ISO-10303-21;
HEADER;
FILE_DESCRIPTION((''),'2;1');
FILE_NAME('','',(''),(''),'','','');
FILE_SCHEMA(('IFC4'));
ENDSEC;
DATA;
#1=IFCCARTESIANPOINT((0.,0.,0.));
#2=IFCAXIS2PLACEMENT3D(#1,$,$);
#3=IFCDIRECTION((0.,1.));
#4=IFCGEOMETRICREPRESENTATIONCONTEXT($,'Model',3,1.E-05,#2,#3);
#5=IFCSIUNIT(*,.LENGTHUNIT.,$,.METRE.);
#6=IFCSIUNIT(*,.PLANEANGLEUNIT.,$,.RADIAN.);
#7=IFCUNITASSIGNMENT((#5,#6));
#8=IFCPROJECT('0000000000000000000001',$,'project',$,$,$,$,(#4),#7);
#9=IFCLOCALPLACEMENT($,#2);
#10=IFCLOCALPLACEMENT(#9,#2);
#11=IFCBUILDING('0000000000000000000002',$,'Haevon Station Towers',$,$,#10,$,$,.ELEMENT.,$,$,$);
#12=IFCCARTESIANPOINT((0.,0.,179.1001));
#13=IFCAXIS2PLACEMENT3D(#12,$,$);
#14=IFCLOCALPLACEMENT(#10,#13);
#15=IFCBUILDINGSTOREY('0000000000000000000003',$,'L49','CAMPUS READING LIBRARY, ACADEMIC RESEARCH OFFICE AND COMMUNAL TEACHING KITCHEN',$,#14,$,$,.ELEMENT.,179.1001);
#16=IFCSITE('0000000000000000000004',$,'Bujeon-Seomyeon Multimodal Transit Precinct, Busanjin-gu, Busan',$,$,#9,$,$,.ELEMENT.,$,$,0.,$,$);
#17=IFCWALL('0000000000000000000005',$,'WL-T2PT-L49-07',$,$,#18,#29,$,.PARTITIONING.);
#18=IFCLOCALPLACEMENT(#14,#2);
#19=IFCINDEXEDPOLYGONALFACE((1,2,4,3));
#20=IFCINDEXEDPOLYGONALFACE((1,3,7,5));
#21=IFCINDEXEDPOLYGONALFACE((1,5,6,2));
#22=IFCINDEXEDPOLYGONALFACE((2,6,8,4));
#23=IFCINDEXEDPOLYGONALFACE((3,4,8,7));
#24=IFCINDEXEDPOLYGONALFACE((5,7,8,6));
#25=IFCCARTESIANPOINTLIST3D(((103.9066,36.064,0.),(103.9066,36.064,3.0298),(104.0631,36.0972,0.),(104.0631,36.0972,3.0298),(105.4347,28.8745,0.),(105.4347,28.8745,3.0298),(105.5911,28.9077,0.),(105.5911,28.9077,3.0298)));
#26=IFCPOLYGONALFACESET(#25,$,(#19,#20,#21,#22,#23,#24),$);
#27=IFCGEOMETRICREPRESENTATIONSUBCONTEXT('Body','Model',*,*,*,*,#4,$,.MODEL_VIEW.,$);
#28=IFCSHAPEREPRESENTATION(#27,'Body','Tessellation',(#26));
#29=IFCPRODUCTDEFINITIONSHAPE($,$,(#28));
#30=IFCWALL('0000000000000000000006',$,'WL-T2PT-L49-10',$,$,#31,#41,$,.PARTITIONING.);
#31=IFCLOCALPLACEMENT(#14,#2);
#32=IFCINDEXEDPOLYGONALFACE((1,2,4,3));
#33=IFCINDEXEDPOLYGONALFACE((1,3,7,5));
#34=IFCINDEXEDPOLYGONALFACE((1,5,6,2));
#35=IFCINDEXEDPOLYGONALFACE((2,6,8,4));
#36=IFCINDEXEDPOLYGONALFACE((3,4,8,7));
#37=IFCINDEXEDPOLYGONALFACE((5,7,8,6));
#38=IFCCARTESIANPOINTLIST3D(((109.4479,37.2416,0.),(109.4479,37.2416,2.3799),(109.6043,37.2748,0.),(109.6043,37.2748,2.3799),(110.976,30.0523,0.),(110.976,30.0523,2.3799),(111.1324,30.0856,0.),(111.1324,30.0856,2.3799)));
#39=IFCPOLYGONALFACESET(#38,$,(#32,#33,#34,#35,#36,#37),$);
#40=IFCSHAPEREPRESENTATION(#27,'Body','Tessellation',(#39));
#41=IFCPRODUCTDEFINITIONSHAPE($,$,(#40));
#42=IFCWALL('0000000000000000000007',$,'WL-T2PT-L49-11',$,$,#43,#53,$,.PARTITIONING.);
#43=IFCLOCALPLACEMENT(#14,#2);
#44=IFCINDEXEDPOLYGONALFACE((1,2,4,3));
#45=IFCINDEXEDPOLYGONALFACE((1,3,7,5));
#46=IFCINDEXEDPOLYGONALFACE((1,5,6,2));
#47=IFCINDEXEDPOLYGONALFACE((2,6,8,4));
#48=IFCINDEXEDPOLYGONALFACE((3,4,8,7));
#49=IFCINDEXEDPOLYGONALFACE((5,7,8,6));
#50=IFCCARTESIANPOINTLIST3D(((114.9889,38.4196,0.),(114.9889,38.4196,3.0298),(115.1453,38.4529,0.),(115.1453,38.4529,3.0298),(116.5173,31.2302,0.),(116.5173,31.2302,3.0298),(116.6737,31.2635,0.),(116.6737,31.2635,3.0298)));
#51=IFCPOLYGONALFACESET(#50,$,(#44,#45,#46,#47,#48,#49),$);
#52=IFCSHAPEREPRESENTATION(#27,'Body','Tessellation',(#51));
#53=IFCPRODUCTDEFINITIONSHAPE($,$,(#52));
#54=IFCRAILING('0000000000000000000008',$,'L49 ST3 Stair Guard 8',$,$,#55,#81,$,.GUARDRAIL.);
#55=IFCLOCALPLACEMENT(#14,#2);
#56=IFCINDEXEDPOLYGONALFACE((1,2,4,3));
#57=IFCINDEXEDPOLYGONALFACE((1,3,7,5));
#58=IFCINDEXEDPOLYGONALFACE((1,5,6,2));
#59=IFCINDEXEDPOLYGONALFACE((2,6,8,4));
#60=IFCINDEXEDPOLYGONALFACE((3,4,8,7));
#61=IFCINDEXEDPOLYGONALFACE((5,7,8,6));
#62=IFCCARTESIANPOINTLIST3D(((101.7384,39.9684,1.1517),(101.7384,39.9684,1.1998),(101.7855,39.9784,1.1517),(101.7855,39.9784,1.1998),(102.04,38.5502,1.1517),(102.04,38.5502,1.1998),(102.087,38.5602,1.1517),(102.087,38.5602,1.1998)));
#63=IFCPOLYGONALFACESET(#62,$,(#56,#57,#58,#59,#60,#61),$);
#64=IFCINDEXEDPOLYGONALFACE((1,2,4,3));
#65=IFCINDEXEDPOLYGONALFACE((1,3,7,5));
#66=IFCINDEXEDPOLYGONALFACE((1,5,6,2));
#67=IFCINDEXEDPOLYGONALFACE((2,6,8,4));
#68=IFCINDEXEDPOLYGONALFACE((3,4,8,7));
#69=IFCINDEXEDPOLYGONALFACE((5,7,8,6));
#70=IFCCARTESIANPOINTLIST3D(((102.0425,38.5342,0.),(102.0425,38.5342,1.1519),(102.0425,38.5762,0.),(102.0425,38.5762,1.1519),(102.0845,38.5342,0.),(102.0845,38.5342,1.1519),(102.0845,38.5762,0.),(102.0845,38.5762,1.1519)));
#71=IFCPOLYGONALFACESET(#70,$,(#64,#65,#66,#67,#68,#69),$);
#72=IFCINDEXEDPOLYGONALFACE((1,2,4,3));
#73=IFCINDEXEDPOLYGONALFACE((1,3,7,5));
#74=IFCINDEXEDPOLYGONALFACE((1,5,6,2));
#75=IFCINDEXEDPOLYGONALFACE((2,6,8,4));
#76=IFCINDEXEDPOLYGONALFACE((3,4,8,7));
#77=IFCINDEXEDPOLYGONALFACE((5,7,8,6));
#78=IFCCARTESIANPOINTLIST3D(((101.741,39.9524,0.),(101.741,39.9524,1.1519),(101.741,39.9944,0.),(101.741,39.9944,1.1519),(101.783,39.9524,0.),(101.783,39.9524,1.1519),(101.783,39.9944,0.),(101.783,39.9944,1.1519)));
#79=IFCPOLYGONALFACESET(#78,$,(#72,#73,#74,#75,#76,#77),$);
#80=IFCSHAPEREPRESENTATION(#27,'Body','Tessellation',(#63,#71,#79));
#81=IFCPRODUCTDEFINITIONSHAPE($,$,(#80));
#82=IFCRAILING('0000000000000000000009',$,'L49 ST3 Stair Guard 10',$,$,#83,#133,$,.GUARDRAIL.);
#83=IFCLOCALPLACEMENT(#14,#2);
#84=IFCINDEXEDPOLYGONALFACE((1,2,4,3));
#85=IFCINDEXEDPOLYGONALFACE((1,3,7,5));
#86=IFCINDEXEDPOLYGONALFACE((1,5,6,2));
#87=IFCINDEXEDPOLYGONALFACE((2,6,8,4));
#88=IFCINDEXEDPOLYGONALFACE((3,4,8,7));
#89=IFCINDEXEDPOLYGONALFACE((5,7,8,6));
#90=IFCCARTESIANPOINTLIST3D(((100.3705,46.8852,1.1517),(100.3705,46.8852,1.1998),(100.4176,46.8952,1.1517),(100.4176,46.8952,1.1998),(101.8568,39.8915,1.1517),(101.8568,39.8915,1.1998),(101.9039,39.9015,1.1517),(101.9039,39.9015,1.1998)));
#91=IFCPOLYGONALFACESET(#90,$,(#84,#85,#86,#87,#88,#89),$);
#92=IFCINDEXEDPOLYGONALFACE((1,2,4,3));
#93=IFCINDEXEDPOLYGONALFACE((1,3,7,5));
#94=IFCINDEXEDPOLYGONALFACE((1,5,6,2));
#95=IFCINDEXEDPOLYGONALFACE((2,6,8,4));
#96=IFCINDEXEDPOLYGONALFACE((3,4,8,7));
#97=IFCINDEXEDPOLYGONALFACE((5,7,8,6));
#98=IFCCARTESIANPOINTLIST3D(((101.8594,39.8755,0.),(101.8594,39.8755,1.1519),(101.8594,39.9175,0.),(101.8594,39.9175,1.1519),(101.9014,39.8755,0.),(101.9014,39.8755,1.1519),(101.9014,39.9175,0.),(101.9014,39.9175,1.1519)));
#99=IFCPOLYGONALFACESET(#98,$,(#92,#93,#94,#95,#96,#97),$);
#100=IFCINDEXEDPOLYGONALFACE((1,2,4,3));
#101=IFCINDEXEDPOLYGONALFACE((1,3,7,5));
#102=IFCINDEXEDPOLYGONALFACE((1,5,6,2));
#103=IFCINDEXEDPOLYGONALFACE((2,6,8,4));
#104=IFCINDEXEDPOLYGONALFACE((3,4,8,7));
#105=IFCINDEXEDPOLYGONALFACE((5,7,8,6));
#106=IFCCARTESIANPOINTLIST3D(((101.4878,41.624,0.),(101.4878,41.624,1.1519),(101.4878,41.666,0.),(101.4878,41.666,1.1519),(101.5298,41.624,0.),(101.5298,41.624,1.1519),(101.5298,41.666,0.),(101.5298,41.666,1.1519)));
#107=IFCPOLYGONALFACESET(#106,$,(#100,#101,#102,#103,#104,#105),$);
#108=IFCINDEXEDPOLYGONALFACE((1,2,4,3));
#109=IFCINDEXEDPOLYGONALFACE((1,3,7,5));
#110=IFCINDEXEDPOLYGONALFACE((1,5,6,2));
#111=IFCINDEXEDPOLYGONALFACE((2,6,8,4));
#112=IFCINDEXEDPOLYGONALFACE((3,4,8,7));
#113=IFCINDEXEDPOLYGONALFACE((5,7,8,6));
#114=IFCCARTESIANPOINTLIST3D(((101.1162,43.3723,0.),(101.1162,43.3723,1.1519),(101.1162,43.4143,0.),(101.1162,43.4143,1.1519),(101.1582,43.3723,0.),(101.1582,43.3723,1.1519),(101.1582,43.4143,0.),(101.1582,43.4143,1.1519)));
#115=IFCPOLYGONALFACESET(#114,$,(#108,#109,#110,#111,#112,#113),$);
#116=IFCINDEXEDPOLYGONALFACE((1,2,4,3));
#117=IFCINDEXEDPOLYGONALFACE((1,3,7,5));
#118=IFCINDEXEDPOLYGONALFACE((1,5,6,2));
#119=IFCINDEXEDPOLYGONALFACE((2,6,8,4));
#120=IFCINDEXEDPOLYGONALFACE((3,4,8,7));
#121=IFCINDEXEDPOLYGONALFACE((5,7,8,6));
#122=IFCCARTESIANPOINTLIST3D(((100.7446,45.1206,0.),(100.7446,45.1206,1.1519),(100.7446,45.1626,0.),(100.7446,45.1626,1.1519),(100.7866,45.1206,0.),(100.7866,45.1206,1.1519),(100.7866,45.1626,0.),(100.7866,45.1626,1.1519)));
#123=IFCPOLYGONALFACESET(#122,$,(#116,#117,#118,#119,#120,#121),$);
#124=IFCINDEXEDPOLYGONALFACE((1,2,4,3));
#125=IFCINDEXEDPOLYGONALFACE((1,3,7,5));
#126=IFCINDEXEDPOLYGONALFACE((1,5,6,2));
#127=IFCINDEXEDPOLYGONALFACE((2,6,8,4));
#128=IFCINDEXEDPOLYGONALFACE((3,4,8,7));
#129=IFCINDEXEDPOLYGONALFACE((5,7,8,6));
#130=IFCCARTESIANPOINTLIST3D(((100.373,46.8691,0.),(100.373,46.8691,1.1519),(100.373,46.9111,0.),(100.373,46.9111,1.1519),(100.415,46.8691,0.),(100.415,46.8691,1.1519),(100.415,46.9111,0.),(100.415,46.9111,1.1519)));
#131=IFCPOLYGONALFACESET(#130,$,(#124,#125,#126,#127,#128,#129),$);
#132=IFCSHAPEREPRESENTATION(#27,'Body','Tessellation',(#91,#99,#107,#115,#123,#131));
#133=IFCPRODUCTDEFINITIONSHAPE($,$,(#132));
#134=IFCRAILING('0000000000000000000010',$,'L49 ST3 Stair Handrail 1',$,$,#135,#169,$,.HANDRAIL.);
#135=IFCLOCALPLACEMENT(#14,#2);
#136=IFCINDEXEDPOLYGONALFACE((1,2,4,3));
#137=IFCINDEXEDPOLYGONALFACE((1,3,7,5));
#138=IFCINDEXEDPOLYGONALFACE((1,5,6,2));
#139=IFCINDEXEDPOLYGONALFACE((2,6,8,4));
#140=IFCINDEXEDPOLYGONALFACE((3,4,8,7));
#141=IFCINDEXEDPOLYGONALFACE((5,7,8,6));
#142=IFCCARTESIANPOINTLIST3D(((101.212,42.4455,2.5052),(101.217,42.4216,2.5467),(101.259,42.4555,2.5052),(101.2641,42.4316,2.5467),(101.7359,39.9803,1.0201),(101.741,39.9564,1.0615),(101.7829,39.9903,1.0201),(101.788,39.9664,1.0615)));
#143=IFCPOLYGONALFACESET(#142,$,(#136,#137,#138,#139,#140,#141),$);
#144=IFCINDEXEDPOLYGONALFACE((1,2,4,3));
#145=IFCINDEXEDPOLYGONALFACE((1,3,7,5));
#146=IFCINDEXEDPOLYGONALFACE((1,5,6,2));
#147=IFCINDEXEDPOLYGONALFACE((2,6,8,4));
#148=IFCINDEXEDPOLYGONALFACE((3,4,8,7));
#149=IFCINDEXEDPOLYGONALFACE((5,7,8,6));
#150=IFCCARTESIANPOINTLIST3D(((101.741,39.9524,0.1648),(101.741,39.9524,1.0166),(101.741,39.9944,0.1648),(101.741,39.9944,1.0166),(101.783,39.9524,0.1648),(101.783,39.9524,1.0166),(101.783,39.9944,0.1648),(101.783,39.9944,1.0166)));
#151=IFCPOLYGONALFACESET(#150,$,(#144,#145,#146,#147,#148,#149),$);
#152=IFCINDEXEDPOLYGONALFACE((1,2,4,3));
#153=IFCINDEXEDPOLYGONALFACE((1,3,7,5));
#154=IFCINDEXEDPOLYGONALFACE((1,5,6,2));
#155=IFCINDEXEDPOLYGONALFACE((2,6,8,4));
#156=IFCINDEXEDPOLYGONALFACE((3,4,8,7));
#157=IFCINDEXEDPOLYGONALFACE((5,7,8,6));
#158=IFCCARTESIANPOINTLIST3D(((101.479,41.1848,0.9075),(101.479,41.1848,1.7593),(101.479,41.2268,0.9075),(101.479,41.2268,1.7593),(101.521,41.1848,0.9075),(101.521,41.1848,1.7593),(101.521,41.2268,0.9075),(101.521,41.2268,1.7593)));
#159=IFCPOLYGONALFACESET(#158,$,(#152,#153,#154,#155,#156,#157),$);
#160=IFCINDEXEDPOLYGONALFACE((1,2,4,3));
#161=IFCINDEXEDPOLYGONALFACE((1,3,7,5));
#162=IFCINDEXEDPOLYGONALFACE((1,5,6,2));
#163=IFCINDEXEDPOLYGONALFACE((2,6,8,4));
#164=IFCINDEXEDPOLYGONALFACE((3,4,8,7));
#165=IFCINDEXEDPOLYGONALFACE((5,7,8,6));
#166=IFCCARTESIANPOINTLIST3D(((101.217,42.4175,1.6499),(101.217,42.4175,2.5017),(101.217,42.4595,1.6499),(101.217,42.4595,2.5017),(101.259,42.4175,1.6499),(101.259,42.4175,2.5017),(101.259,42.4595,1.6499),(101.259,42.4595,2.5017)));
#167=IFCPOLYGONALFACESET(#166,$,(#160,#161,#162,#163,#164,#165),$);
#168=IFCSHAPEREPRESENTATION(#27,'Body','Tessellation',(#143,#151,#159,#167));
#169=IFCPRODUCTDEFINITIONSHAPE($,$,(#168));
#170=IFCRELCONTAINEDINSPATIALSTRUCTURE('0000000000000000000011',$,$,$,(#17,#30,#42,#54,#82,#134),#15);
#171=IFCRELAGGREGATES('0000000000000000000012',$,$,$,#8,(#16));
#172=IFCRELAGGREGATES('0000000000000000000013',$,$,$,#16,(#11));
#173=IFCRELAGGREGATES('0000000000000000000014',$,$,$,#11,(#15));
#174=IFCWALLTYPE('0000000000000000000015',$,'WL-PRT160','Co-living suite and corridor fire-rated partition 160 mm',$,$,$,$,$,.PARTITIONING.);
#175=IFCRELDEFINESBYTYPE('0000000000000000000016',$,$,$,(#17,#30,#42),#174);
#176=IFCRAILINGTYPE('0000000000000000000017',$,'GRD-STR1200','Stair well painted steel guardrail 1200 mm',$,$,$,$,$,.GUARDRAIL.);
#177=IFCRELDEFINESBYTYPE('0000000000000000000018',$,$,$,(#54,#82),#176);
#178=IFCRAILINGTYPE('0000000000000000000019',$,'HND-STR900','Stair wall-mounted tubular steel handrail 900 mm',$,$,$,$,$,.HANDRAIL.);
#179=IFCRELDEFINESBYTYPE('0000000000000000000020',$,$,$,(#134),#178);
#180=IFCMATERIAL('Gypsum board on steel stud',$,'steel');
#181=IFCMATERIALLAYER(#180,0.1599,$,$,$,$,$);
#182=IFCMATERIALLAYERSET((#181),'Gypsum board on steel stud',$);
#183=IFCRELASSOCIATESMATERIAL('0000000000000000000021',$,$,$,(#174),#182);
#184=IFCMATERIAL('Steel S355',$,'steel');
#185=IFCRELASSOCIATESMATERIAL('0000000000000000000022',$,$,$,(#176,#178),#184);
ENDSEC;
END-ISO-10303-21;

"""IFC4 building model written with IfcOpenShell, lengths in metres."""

from ifc_helpers import new_model, si_unit, direction, frame, frame_2d, origin, origin_2d, place, context, subcontext, project, spatial, rectangle, extrude, material, layer, layer_set, type_object, element, save


model = new_model("IFC4")

# Units and contexts
model_context = context("Model", 3, precision=1e-05, world=origin(), true_north=direction((0.0, 1.0)))
body_context = subcontext(model_context, "Body", "Model", "MODEL_VIEW")
ifc_project = project(units=[si_unit("LENGTHUNIT", "METRE"), si_unit("PLANEANGLEUNIT", "RADIAN")], contexts=[model_context])

# Site, building, storey
site_placement = place(None, origin())
site = spatial("IfcSite", under=ifc_project, at=site_placement, Name="Bujeon-Seomyeon Multimodal Transit Precinct, Busanjin-gu, Busan", CompositionType="ELEMENT", RefElevation=0.0)
building_placement = place(site_placement, origin())
building = spatial("IfcBuilding", under=site, at=building_placement, Name="Haevon Station Towers", CompositionType="ELEMENT")
storey_placement = place(building_placement, frame((0.0, 0.0, 179.1001)))
storey = spatial("IfcBuildingStorey", under=building, at=storey_placement, Name="L49", Description="CAMPUS READING LIBRARY, ACADEMIC RESEARCH OFFICE AND COMMUNAL TEACHING KITCHEN", CompositionType="ELEMENT", Elevation=179.1001)

# Shared definitions
ifc_material_1 = material(Name="Steel S355", Category="steel")

# Shared definitions
ifc_material_2 = material(Name="Gypsum board on steel stud", Category="steel")

# Walls
ifc_layer_1 = layer(ifc_material_2, 0.1599)
ifc_layer_set_1 = layer_set([ifc_layer_1], Name="Gypsum board on steel stud")
wall_type_1 = type_object("IfcWallType", Name="WL-PRT160", Description="Co-living suite and corridor fire-rated partition 160 mm", PredefinedType="PARTITIONING", material=ifc_layer_set_1)
wall_1_placement = place(storey_placement, frame((105.5129, 28.8911, 0.0), z_axis=(0.0, 0.0, 1.0), x_axis=(-0.2079, 0.97815, 0.0)))
element("IfcWall", 1, at=wall_1_placement, inside=storey, type_object=wall_type_1, Name="WL-T2PT-L49-07", PredefinedType="PARTITIONING", context=body_context, shape_type="SweptSolid", body=[
    extrude(rectangle(XDim=7.3501, YDim=0.1599, at=frame_2d((3.675, 0.0))), origin(), (0.0, 0.0, 1.0), 3.0298),
])
wall_2_placement = place(storey_placement, frame((111.0542, 30.0691, 0.0), z_axis=(0.0, 0.0, 1.0), x_axis=(-0.207907, 0.978149, 0.0)))
element("IfcWall", 2, at=wall_2_placement, inside=storey, type_object=wall_type_1, Name="WL-T2PT-L49-10", PredefinedType="PARTITIONING", context=body_context, shape_type="SweptSolid", body=[
    extrude(rectangle(XDim=7.3499, YDim=0.1599, at=frame_2d((3.6748, 0.0))), origin(), (0.0, 0.0, 1.0), 2.3799),
])
wall_3_placement = place(storey_placement, frame((116.5955, 31.2468, 0.0), z_axis=(0.0, 0.0, 1.0), x_axis=(-0.207932, 0.978143, 0.0)))
element("IfcWall", 3, at=wall_3_placement, inside=storey, type_object=wall_type_1, Name="WL-T2PT-L49-11", PredefinedType="PARTITIONING", context=body_context, shape_type="SweptSolid", body=[
    extrude(rectangle(XDim=7.3501, YDim=0.1599, at=frame_2d((3.675, 0.0))), origin(), (0.0, 0.0, 1.0), 3.0298),
])

# Railings
railing_type_1 = type_object("IfcRailingType", Name="GRD-STR1200", Description="Stair well painted steel guardrail 1200 mm", PredefinedType="GUARDRAIL", material=ifc_material_1)
railing_1_placement = place(storey_placement, frame((102.0635, 38.5552, 0.0)))
element("IfcRailing", 4, at=railing_1_placement, inside=storey, type_object=railing_type_1, Name="L49 ST3 Stair Guard 8", PredefinedType="GUARDRAIL", context=body_context, shape_type="SweptSolid", body=[
    extrude(rectangle(XDim=0.0481, YDim=0.0481, at=origin_2d()), frame((0.0, 0.0, 1.1758), z_axis=(-0.207953, 0.978139, 0.0), x_axis=(-0.978139, -0.207953, 0.0)), (0.0, 0.0, 1.0), 1.45),
    extrude(rectangle(XDim=0.042, YDim=0.042, at=origin_2d()), origin(), (0.0, 0.0, 1.0), 1.1519),
    extrude(rectangle(XDim=0.042, YDim=0.042, at=origin_2d()), frame((-0.3015, 1.4182, 0.0)), (0.0, 0.0, 1.0), 1.1519),
])
railing_2_placement = place(storey_placement, frame((101.8804, 39.8965, 0.0)))
element("IfcRailing", 5, at=railing_2_placement, inside=storey, type_object=railing_type_1, Name="L49 ST3 Stair Guard 10", PredefinedType="GUARDRAIL", context=body_context, shape_type="SweptSolid", body=[
    extrude(rectangle(XDim=0.0481, YDim=0.0481, at=origin_2d()), frame((0.0, 0.0, 1.1758), z_axis=(-0.207882, 0.978154, 0.0), x_axis=(-0.978154, -0.207882, 0.0)), (0.0, 0.0, 1.0), 7.1499),
    extrude(rectangle(XDim=0.042, YDim=0.042, at=origin_2d()), origin(), (0.0, 0.0, 1.0), 1.1519),
    extrude(rectangle(XDim=0.042, YDim=0.042, at=origin_2d()), frame((-0.3716, 1.7485, 0.0)), (0.0, 0.0, 1.0), 1.1519),
    extrude(rectangle(XDim=0.042, YDim=0.042, at=origin_2d()), frame((-0.7432, 3.4968, 0.0)), (0.0, 0.0, 1.0), 1.1519),
    extrude(rectangle(XDim=0.042, YDim=0.042, at=origin_2d()), frame((-1.1147, 5.2451, 0.0)), (0.0, 0.0, 1.0), 1.1519),
    extrude(rectangle(XDim=0.042, YDim=0.042, at=origin_2d()), frame((-1.4863, 6.9937, 0.0)), (0.0, 0.0, 1.0), 1.1519),
])
railing_type_2 = type_object("IfcRailingType", Name="HND-STR900", Description="Stair wall-mounted tubular steel handrail 900 mm", PredefinedType="HANDRAIL", material=ifc_material_1)
railing_3_placement = place(storey_placement, frame((101.762, 39.9734, 0.1648)))
element("IfcRailing", 6, at=railing_3_placement, inside=storey, type_object=railing_type_2, Name="L49 ST3 Stair Handrail 1", PredefinedType="HANDRAIL", context=body_context, shape_type="SweptSolid", body=[
    extrude(rectangle(XDim=0.0481, YDim=0.0481, at=origin_2d()), frame((0.0, 0.0, 0.876), z_axis=(-0.179109, 0.842712, 0.507697), x_axis=(-0.978151, -0.207895, 0.0)), (0.0, 0.0, 1.0), 2.9253),
    extrude(rectangle(XDim=0.042, YDim=0.042, at=origin_2d()), origin(), (0.0, 0.0, 1.0), 0.8518),
    extrude(rectangle(XDim=0.042, YDim=0.042, at=origin_2d()), frame((-0.262, 1.2324, 0.7427)), (0.0, 0.0, 1.0), 0.8518),
    extrude(rectangle(XDim=0.042, YDim=0.042, at=origin_2d()), frame((-0.5239, 2.4651, 1.4851)), (0.0, 0.0, 1.0), 0.8518),
])

save(model, "model.ifc")
